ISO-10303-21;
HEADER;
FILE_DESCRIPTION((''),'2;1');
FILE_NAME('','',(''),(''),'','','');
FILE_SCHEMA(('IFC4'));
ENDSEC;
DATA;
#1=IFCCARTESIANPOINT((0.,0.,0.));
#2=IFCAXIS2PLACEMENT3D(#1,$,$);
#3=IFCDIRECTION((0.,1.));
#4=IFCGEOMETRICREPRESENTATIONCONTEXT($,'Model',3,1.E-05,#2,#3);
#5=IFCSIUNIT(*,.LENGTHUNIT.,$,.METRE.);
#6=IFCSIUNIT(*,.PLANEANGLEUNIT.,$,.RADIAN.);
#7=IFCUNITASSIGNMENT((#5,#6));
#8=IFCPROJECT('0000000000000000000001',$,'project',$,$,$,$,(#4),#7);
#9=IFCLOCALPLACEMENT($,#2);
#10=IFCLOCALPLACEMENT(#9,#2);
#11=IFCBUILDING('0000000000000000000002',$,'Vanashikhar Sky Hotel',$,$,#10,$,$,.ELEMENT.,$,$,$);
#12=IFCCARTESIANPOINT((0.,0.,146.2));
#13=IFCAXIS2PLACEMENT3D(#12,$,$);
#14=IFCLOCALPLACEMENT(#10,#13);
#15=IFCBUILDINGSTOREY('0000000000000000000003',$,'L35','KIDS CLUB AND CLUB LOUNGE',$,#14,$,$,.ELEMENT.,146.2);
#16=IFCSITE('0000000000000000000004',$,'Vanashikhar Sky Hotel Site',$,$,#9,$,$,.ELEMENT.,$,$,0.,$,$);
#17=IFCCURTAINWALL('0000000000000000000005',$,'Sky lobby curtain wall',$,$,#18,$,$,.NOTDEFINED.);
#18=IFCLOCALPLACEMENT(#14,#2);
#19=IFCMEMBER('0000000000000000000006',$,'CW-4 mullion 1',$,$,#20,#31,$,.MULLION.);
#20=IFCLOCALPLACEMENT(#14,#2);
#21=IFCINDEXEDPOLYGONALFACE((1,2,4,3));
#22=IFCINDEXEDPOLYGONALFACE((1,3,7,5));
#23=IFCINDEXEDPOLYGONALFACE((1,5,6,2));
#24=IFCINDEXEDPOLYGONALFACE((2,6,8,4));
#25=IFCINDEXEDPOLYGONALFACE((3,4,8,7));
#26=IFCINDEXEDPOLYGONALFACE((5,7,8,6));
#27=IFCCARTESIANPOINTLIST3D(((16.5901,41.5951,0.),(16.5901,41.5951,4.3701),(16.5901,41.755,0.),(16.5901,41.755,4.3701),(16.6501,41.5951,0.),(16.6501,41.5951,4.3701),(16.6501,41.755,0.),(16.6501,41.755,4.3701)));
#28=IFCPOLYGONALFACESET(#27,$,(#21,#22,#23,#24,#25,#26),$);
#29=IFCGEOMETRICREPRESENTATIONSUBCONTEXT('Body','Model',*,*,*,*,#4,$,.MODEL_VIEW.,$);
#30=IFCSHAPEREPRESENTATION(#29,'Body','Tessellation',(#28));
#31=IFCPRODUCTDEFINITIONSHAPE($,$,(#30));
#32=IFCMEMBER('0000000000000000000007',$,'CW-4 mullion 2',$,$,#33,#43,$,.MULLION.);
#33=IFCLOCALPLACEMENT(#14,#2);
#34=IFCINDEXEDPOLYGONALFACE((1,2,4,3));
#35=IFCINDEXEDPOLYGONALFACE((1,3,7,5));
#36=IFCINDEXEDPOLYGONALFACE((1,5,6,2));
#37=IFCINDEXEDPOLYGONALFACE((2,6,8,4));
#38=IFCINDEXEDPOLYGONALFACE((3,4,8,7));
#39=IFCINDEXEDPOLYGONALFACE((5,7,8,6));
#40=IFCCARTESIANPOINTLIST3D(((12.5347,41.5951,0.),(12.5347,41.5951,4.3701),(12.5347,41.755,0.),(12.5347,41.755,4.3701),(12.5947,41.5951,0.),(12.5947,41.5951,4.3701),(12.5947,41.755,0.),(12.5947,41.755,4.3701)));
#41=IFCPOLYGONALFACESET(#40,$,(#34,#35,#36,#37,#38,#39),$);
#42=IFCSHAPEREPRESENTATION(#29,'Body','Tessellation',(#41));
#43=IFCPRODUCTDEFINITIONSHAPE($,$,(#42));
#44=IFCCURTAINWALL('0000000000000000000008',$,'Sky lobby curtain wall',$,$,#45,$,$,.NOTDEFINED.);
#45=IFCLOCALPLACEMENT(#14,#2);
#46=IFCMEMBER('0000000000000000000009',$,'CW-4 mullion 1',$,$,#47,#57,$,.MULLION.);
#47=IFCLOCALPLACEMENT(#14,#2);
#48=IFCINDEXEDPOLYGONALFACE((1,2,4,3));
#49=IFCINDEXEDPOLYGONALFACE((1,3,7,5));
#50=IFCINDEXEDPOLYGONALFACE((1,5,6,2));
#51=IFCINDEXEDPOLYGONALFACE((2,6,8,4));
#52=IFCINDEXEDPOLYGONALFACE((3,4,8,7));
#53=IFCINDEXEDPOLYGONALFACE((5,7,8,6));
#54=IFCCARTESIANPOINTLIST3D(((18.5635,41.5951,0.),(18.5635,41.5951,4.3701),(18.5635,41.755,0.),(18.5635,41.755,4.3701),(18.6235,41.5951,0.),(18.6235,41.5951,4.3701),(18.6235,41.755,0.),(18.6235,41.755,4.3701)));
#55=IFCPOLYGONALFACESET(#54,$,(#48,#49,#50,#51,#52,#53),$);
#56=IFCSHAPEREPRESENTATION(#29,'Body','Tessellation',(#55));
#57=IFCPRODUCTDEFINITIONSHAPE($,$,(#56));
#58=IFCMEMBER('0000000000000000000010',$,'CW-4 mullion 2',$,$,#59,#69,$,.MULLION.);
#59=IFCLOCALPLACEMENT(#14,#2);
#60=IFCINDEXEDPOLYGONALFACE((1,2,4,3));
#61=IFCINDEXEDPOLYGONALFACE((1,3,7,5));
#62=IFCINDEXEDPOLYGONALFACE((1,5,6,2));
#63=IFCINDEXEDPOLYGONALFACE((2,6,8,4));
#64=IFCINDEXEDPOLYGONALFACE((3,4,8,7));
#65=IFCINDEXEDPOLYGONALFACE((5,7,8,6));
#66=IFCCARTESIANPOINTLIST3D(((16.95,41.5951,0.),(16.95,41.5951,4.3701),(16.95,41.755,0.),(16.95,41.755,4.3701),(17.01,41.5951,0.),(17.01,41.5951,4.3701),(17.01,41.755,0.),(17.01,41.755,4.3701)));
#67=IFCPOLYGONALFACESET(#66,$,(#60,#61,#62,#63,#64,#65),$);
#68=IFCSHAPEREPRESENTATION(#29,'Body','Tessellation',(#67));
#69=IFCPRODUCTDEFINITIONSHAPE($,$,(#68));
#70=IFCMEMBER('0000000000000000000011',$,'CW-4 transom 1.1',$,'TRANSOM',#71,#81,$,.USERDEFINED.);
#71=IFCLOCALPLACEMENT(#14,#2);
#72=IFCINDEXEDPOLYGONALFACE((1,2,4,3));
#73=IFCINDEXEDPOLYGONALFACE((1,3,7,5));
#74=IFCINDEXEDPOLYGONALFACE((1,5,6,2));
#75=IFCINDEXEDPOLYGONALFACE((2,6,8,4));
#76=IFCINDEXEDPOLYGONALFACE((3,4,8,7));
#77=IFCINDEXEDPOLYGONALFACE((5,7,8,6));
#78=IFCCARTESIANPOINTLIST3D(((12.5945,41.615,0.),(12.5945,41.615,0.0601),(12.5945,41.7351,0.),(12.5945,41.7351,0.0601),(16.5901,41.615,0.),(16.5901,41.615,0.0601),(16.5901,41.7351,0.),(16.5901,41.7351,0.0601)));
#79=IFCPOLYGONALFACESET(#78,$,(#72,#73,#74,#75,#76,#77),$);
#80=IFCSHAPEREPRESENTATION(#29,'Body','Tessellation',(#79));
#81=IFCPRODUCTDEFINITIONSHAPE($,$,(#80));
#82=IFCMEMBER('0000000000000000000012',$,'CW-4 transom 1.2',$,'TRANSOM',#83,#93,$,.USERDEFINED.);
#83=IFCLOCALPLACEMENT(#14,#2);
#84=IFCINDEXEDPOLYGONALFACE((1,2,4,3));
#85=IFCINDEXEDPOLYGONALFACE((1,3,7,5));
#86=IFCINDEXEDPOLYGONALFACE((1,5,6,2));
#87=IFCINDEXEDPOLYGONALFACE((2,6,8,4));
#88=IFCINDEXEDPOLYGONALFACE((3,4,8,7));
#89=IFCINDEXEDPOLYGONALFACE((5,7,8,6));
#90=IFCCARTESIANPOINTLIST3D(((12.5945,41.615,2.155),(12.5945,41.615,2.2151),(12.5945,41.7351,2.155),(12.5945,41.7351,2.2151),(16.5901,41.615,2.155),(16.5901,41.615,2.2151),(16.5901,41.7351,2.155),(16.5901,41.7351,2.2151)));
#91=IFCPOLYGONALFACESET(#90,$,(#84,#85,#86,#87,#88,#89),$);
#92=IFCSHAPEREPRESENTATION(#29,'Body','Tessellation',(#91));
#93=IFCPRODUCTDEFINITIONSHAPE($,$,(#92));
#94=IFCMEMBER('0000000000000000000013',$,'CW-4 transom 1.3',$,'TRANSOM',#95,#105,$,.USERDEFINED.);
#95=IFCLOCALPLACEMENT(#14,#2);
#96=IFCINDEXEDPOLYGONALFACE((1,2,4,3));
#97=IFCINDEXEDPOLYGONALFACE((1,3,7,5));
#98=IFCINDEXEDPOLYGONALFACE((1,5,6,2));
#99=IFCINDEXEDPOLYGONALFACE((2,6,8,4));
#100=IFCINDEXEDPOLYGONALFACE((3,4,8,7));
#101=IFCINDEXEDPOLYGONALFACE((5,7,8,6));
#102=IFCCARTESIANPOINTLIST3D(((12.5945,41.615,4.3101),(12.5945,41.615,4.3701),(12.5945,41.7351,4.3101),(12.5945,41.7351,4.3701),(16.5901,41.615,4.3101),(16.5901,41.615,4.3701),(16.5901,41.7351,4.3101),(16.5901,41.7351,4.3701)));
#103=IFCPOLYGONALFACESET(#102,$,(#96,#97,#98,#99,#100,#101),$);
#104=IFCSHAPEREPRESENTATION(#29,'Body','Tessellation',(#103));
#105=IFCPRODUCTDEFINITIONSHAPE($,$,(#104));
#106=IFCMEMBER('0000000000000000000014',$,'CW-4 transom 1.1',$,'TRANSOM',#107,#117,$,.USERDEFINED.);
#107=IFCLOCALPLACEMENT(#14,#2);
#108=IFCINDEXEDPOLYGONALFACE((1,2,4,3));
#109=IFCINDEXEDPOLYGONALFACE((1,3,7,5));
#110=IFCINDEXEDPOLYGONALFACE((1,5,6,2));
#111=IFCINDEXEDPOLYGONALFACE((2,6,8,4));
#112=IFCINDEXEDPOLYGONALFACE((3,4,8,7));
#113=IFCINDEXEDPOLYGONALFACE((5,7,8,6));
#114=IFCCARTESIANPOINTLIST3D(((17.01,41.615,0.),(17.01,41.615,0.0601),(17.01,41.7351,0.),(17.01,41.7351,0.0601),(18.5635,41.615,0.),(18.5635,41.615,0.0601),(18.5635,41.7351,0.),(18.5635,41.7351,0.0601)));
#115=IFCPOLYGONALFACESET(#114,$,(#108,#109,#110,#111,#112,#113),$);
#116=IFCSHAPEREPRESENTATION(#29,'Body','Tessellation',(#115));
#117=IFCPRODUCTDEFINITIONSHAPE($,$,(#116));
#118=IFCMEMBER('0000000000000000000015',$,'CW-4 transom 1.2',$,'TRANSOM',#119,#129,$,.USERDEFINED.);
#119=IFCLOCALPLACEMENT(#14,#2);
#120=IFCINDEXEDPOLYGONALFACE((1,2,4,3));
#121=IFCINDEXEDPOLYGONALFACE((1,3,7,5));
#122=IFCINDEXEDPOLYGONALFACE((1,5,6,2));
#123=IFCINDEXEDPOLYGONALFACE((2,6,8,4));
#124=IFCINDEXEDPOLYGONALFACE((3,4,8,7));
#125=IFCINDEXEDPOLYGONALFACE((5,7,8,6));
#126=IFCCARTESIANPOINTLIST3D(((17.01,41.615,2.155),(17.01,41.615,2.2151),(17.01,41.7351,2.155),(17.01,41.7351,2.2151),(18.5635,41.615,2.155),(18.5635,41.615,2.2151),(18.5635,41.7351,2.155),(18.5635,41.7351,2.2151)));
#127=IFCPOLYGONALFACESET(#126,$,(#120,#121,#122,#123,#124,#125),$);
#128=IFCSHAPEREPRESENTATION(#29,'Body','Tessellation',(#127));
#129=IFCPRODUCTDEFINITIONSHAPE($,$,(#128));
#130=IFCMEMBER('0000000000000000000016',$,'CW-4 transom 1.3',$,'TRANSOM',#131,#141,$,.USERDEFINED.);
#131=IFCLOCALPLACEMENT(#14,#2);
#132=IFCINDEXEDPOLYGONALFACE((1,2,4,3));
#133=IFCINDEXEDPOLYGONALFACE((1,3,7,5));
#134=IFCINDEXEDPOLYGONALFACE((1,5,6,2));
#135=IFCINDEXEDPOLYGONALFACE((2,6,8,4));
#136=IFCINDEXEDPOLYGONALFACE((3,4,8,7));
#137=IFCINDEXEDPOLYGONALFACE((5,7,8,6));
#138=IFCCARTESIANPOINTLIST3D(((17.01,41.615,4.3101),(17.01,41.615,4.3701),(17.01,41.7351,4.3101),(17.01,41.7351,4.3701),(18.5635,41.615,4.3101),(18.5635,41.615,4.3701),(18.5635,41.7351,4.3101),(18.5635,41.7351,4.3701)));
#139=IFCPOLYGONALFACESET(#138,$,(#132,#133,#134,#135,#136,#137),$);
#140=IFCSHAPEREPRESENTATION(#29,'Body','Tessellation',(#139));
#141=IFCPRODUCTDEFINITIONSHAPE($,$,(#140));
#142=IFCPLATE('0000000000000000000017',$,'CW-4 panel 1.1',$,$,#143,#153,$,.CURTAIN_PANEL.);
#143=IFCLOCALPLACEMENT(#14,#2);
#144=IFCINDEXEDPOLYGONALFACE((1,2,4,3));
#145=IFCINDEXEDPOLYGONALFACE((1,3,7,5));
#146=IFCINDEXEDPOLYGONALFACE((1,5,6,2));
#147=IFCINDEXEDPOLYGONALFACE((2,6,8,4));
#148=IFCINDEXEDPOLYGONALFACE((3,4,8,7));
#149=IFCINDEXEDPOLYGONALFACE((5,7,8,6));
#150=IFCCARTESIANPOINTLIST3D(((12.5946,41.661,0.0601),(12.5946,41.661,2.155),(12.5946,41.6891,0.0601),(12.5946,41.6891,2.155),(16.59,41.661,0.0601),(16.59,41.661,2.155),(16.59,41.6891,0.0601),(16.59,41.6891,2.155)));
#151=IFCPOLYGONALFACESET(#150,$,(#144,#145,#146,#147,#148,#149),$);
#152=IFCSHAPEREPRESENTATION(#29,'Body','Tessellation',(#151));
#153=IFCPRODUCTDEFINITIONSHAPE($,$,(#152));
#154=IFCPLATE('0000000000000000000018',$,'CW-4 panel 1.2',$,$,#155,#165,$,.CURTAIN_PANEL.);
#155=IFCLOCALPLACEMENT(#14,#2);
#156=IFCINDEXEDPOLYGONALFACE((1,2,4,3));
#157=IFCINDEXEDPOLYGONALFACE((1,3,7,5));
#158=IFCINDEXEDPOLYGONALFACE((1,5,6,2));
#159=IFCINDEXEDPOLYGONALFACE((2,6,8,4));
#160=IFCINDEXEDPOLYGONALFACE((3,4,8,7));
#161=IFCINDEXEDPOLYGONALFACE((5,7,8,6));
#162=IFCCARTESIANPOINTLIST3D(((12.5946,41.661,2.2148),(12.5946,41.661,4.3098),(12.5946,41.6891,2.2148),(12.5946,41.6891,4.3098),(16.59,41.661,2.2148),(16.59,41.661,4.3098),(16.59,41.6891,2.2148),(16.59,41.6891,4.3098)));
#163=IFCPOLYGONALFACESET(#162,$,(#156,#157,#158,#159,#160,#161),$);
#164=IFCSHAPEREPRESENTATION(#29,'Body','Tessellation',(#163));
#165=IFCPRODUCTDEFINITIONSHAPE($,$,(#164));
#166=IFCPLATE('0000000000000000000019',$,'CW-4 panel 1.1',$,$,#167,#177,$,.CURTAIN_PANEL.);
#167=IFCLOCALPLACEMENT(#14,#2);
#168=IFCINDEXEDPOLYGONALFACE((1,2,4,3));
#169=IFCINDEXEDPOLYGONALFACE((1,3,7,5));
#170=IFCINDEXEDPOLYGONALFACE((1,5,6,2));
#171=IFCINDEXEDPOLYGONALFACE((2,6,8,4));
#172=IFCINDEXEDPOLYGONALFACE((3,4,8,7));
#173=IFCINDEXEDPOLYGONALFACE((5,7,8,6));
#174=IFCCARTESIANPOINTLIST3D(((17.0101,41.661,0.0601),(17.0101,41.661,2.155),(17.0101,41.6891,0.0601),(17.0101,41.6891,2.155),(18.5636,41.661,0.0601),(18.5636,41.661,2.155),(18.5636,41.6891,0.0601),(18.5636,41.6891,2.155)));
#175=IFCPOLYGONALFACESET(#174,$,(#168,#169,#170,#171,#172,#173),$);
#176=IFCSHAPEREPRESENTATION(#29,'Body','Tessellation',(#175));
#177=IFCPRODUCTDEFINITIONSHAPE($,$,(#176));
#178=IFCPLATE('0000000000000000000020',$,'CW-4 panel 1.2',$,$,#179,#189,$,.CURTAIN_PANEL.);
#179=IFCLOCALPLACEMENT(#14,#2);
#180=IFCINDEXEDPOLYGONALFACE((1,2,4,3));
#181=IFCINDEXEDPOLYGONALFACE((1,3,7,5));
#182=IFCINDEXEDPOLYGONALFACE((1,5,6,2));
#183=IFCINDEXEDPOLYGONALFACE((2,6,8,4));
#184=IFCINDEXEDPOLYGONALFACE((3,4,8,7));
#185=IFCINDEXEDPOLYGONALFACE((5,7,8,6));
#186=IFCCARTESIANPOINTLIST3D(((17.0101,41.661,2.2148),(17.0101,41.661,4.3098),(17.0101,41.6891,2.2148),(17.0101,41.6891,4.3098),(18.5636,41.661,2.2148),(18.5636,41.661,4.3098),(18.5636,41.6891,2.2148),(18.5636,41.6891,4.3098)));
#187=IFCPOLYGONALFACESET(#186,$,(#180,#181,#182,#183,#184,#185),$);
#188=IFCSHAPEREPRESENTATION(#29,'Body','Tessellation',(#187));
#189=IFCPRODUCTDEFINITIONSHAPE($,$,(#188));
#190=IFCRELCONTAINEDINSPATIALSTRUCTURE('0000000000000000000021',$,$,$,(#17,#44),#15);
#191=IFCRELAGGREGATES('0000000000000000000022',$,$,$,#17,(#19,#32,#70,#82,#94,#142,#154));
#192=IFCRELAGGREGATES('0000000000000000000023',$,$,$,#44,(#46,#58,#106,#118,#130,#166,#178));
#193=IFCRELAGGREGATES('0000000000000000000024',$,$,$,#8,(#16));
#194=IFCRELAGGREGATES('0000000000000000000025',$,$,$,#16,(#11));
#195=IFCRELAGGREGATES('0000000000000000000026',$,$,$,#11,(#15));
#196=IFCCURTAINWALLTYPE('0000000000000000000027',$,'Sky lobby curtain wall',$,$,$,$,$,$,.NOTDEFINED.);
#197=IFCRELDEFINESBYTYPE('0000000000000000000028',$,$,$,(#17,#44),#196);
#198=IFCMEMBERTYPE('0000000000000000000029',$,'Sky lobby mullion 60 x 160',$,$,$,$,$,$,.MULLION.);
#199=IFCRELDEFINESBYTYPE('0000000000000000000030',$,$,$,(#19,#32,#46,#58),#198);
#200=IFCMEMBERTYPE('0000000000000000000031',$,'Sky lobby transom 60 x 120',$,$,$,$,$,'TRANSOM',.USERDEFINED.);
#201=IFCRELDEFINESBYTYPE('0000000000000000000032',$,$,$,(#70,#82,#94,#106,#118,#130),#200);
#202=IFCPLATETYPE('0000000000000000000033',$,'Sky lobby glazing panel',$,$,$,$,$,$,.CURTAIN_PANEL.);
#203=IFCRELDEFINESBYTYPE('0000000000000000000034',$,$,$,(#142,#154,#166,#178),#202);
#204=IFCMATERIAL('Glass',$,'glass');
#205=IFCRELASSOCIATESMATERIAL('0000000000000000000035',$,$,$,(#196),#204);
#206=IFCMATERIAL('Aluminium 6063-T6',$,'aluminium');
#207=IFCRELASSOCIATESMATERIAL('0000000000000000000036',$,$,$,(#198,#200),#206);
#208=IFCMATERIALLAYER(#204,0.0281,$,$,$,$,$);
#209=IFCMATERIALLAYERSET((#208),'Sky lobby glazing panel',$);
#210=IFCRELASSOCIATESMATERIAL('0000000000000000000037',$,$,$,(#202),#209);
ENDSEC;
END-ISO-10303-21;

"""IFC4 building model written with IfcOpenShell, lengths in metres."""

from ifc_helpers import new_model, si_unit, direction, frame, origin, origin_2d, place, context, subcontext, project, spatial, rectangle, extrude, source, transform, mapped, material, layer, layer_set, material_profile, profile_set, type_object, element, aggregate, save


model = new_model("IFC4")

# Units and contexts
model_context = context("Model", 3, precision=1e-05, world=origin(), true_north=direction((0.0, 1.0)))
body_context = subcontext(model_context, "Body", "Model", "MODEL_VIEW")
ifc_project = project(units=[si_unit("LENGTHUNIT", "METRE"), si_unit("PLANEANGLEUNIT", "RADIAN")], contexts=[model_context])

# Site, building, storey
site_placement = place(None, origin())
site = spatial("IfcSite", under=ifc_project, at=site_placement, Name="Vanashikhar Sky Hotel Site", CompositionType="ELEMENT", RefElevation=0.0)
building_placement = place(site_placement, origin())
building = spatial("IfcBuilding", under=site, at=building_placement, Name="Vanashikhar Sky Hotel", CompositionType="ELEMENT")
storey_placement = place(building_placement, frame((0.0, 0.0, 146.2)))
storey = spatial("IfcBuildingStorey", under=building, at=storey_placement, Name="L35", Description="KIDS CLUB AND CLUB LOUNGE", CompositionType="ELEMENT", Elevation=146.2)

# Curtain walls, members
ifc_material_1 = material(Name="Glass", Category="glass")
curtain_wall_type = type_object("IfcCurtainWallType", Name="Sky lobby curtain wall", PredefinedType="NOTDEFINED", material=ifc_material_1)
curtain_wall_1_placement = place(storey_placement, origin())
curtain_wall_1 = element("IfcCurtainWall", 1, at=curtain_wall_1_placement, inside=storey, type_object=curtain_wall_type, Name="Sky lobby curtain wall", PredefinedType="NOTDEFINED")
ifc_material_2 = material(Name="Aluminium 6063-T6", Category="aluminium")
ifc_material_profile_1 = material_profile(ifc_material_2, rectangle(XDim=0.1599, YDim=0.0601, at=origin_2d()))
ifc_profile_set_1 = profile_set([ifc_material_profile_1], Name="Aluminium 6063-T6")
member_type_1 = type_object("IfcMemberType", Name="Sky lobby mullion 60 x 160", PredefinedType="MULLION", material=ifc_profile_set_1)
shared_shape_1 = source(origin(), body_context, "Body", "SweptSolid", [
    extrude(rectangle(XDim=0.1599, YDim=0.0601, at=origin_2d()), origin(), (0.0, 0.0, 1.0), 4.3701),
])
member_1_placement = place(storey_placement, frame((16.6201, 41.675, 0.0), z_axis=(0.0, 0.0, 1.0), x_axis=(0.0, -1.0, 0.0)))
member_1 = element("IfcMember", 2, at=member_1_placement, type_object=member_type_1, Name="CW-4 mullion 1", PredefinedType="MULLION", context=body_context, shape_type="MappedRepresentation", body=[
    mapped(shared_shape_1, transform((0.0, 0.0, 0.0), scale=1.0)),
])
member_2_placement = place(storey_placement, frame((12.5647, 41.675, 0.0), z_axis=(0.0, 0.0, 1.0), x_axis=(0.0, -1.0, 0.0)))
member_2 = element("IfcMember", 3, at=member_2_placement, type_object=member_type_1, Name="CW-4 mullion 2", PredefinedType="MULLION", context=body_context, shape_type="MappedRepresentation", body=[
    mapped(shared_shape_1, transform((0.0, 0.0, 0.0), scale=1.0)),
])
curtain_wall_2_placement = place(storey_placement, origin())
curtain_wall_2 = element("IfcCurtainWall", 4, at=curtain_wall_2_placement, inside=storey, type_object=curtain_wall_type, Name="Sky lobby curtain wall", PredefinedType="NOTDEFINED")
member_3_placement = place(storey_placement, frame((18.5935, 41.675, 0.0), z_axis=(0.0, 0.0, 1.0), x_axis=(0.0, -1.0, 0.0)))
member_3 = element("IfcMember", 5, at=member_3_placement, type_object=member_type_1, Name="CW-4 mullion 1", PredefinedType="MULLION", context=body_context, shape_type="MappedRepresentation", body=[
    mapped(shared_shape_1, transform((0.0, 0.0, 0.0), scale=1.0)),
])
member_4_placement = place(storey_placement, frame((16.98, 41.675, 0.0), z_axis=(0.0, 0.0, 1.0), x_axis=(0.0, -1.0, 0.0)))
member_4 = element("IfcMember", 6, at=member_4_placement, type_object=member_type_1, Name="CW-4 mullion 2", PredefinedType="MULLION", context=body_context, shape_type="MappedRepresentation", body=[
    mapped(shared_shape_1, transform((0.0, 0.0, 0.0), scale=1.0)),
])

# Members
ifc_material_profile_2 = material_profile(ifc_material_2, rectangle(XDim=0.1201, YDim=0.0601, at=origin_2d()))
ifc_profile_set_2 = profile_set([ifc_material_profile_2], Name="Aluminium 6063-T6")
member_type_2 = type_object("IfcMemberType", Name="Sky lobby transom 60 x 120", ElementType="TRANSOM", PredefinedType="USERDEFINED", material=ifc_profile_set_2)
shared_shape_2 = source(origin(), body_context, "Body", "SweptSolid", [
    extrude(rectangle(XDim=0.1201, YDim=0.0601, at=origin_2d()), origin(), (0.0, 0.0, 1.0), 3.9956),
])
member_5_placement = place(storey_placement, frame((16.5901, 41.675, 0.03), z_axis=(-1.0, 0.0, 0.0), x_axis=(0.0, -1.0, 0.0)))
member_5 = element("IfcMember", 7, at=member_5_placement, type_object=member_type_2, Name="CW-4 transom 1.1", ObjectType="TRANSOM", PredefinedType="USERDEFINED", context=body_context, shape_type="MappedRepresentation", body=[
    mapped(shared_shape_2, transform((0.0, 0.0, 0.0), scale=1.0)),
])
member_6_placement = place(storey_placement, frame((16.5901, 41.675, 2.1851), z_axis=(-1.0, 0.0, 0.0), x_axis=(0.0, -1.0, 0.0)))
member_6 = element("IfcMember", 8, at=member_6_placement, type_object=member_type_2, Name="CW-4 transom 1.2", ObjectType="TRANSOM", PredefinedType="USERDEFINED", context=body_context, shape_type="MappedRepresentation", body=[
    mapped(shared_shape_2, transform((0.0, 0.0, 0.0), scale=1.0)),
])
member_7_placement = place(storey_placement, frame((16.5901, 41.675, 4.3401), z_axis=(-1.0, 0.0, 0.0), x_axis=(0.0, -1.0, 0.0)))
member_7 = element("IfcMember", 9, at=member_7_placement, type_object=member_type_2, Name="CW-4 transom 1.3", ObjectType="TRANSOM", PredefinedType="USERDEFINED", context=body_context, shape_type="MappedRepresentation", body=[
    mapped(shared_shape_2, transform((0.0, 0.0, 0.0), scale=1.0)),
])
shared_shape_3 = source(origin(), body_context, "Body", "SweptSolid", [
    extrude(rectangle(XDim=0.1201, YDim=0.0601, at=origin_2d()), origin(), (0.0, 0.0, 1.0), 1.5535),
])
member_8_placement = place(storey_placement, frame((18.5635, 41.675, 0.03), z_axis=(-1.0, 0.0, 0.0), x_axis=(0.0, -1.0, 0.0)))
member_8 = element("IfcMember", 10, at=member_8_placement, type_object=member_type_2, Name="CW-4 transom 1.1", ObjectType="TRANSOM", PredefinedType="USERDEFINED", context=body_context, shape_type="MappedRepresentation", body=[
    mapped(shared_shape_3, transform((0.0, 0.0, 0.0), scale=1.0)),
])
member_9_placement = place(storey_placement, frame((18.5635, 41.675, 2.1851), z_axis=(-1.0, 0.0, 0.0), x_axis=(0.0, -1.0, 0.0)))
member_9 = element("IfcMember", 11, at=member_9_placement, type_object=member_type_2, Name="CW-4 transom 1.2", ObjectType="TRANSOM", PredefinedType="USERDEFINED", context=body_context, shape_type="MappedRepresentation", body=[
    mapped(shared_shape_3, transform((0.0, 0.0, 0.0), scale=1.0)),
])
member_10_placement = place(storey_placement, frame((18.5635, 41.675, 4.3401), z_axis=(-1.0, 0.0, 0.0), x_axis=(0.0, -1.0, 0.0)))
member_10 = element("IfcMember", 12, at=member_10_placement, type_object=member_type_2, Name="CW-4 transom 1.3", ObjectType="TRANSOM", PredefinedType="USERDEFINED", context=body_context, shape_type="MappedRepresentation", body=[
    mapped(shared_shape_3, transform((0.0, 0.0, 0.0), scale=1.0)),
])

# Plates
ifc_layer_1 = layer(ifc_material_1, 0.0281)
ifc_layer_set_1 = layer_set([ifc_layer_1], Name="Sky lobby glazing panel")
plate_type = type_object("IfcPlateType", Name="Sky lobby glazing panel", PredefinedType="CURTAIN_PANEL", material=ifc_layer_set_1)
shared_shape_4 = source(origin(), body_context, "Body", "SweptSolid", [
    extrude(rectangle(XDim=3.9954, YDim=0.0281, at=origin_2d()), origin(), (0.0, 0.0, 1.0), 2.095),
])
plate_1_placement = place(storey_placement, frame((14.5923, 41.675, 0.0601), z_axis=(0.0, 0.0, 1.0), x_axis=(-1.0, 0.0, 0.0)))
plate_1 = element("IfcPlate", 13, at=plate_1_placement, type_object=plate_type, Name="CW-4 panel 1.1", PredefinedType="CURTAIN_PANEL", context=body_context, shape_type="MappedRepresentation", body=[
    mapped(shared_shape_4, transform((0.0, 0.0, 0.0), scale=1.0)),
])
plate_2_placement = place(storey_placement, frame((14.5923, 41.675, 2.2148), z_axis=(0.0, 0.0, 1.0), x_axis=(-1.0, 0.0, 0.0)))
plate_2 = element("IfcPlate", 14, at=plate_2_placement, type_object=plate_type, Name="CW-4 panel 1.2", PredefinedType="CURTAIN_PANEL", context=body_context, shape_type="MappedRepresentation", body=[
    mapped(shared_shape_4, transform((0.0, 0.0, 0.0), scale=1.0)),
])
aggregate(curtain_wall_1, [member_1, member_2, member_5, member_6, member_7, plate_1, plate_2])
shared_shape_5 = source(origin(), body_context, "Body", "SweptSolid", [
    extrude(rectangle(XDim=1.5535, YDim=0.0281, at=origin_2d()), origin(), (0.0, 0.0, 1.0), 2.095),
])
plate_3_placement = place(storey_placement, frame((17.7869, 41.675, 0.0601), z_axis=(0.0, 0.0, 1.0), x_axis=(-1.0, 0.0, 0.0)))
plate_3 = element("IfcPlate", 15, at=plate_3_placement, type_object=plate_type, Name="CW-4 panel 1.1", PredefinedType="CURTAIN_PANEL", context=body_context, shape_type="MappedRepresentation", body=[
    mapped(shared_shape_5, transform((0.0, 0.0, 0.0), scale=1.0)),
])
plate_4_placement = place(storey_placement, frame((17.7869, 41.675, 2.2148), z_axis=(0.0, 0.0, 1.0), x_axis=(-1.0, 0.0, 0.0)))
plate_4 = element("IfcPlate", 16, at=plate_4_placement, type_object=plate_type, Name="CW-4 panel 1.2", PredefinedType="CURTAIN_PANEL", context=body_context, shape_type="MappedRepresentation", body=[
    mapped(shared_shape_5, transform((0.0, 0.0, 0.0), scale=1.0)),
])
aggregate(curtain_wall_2, [member_3, member_4, member_8, member_9, member_10, plate_3, plate_4])

save(model, "model.ifc")
